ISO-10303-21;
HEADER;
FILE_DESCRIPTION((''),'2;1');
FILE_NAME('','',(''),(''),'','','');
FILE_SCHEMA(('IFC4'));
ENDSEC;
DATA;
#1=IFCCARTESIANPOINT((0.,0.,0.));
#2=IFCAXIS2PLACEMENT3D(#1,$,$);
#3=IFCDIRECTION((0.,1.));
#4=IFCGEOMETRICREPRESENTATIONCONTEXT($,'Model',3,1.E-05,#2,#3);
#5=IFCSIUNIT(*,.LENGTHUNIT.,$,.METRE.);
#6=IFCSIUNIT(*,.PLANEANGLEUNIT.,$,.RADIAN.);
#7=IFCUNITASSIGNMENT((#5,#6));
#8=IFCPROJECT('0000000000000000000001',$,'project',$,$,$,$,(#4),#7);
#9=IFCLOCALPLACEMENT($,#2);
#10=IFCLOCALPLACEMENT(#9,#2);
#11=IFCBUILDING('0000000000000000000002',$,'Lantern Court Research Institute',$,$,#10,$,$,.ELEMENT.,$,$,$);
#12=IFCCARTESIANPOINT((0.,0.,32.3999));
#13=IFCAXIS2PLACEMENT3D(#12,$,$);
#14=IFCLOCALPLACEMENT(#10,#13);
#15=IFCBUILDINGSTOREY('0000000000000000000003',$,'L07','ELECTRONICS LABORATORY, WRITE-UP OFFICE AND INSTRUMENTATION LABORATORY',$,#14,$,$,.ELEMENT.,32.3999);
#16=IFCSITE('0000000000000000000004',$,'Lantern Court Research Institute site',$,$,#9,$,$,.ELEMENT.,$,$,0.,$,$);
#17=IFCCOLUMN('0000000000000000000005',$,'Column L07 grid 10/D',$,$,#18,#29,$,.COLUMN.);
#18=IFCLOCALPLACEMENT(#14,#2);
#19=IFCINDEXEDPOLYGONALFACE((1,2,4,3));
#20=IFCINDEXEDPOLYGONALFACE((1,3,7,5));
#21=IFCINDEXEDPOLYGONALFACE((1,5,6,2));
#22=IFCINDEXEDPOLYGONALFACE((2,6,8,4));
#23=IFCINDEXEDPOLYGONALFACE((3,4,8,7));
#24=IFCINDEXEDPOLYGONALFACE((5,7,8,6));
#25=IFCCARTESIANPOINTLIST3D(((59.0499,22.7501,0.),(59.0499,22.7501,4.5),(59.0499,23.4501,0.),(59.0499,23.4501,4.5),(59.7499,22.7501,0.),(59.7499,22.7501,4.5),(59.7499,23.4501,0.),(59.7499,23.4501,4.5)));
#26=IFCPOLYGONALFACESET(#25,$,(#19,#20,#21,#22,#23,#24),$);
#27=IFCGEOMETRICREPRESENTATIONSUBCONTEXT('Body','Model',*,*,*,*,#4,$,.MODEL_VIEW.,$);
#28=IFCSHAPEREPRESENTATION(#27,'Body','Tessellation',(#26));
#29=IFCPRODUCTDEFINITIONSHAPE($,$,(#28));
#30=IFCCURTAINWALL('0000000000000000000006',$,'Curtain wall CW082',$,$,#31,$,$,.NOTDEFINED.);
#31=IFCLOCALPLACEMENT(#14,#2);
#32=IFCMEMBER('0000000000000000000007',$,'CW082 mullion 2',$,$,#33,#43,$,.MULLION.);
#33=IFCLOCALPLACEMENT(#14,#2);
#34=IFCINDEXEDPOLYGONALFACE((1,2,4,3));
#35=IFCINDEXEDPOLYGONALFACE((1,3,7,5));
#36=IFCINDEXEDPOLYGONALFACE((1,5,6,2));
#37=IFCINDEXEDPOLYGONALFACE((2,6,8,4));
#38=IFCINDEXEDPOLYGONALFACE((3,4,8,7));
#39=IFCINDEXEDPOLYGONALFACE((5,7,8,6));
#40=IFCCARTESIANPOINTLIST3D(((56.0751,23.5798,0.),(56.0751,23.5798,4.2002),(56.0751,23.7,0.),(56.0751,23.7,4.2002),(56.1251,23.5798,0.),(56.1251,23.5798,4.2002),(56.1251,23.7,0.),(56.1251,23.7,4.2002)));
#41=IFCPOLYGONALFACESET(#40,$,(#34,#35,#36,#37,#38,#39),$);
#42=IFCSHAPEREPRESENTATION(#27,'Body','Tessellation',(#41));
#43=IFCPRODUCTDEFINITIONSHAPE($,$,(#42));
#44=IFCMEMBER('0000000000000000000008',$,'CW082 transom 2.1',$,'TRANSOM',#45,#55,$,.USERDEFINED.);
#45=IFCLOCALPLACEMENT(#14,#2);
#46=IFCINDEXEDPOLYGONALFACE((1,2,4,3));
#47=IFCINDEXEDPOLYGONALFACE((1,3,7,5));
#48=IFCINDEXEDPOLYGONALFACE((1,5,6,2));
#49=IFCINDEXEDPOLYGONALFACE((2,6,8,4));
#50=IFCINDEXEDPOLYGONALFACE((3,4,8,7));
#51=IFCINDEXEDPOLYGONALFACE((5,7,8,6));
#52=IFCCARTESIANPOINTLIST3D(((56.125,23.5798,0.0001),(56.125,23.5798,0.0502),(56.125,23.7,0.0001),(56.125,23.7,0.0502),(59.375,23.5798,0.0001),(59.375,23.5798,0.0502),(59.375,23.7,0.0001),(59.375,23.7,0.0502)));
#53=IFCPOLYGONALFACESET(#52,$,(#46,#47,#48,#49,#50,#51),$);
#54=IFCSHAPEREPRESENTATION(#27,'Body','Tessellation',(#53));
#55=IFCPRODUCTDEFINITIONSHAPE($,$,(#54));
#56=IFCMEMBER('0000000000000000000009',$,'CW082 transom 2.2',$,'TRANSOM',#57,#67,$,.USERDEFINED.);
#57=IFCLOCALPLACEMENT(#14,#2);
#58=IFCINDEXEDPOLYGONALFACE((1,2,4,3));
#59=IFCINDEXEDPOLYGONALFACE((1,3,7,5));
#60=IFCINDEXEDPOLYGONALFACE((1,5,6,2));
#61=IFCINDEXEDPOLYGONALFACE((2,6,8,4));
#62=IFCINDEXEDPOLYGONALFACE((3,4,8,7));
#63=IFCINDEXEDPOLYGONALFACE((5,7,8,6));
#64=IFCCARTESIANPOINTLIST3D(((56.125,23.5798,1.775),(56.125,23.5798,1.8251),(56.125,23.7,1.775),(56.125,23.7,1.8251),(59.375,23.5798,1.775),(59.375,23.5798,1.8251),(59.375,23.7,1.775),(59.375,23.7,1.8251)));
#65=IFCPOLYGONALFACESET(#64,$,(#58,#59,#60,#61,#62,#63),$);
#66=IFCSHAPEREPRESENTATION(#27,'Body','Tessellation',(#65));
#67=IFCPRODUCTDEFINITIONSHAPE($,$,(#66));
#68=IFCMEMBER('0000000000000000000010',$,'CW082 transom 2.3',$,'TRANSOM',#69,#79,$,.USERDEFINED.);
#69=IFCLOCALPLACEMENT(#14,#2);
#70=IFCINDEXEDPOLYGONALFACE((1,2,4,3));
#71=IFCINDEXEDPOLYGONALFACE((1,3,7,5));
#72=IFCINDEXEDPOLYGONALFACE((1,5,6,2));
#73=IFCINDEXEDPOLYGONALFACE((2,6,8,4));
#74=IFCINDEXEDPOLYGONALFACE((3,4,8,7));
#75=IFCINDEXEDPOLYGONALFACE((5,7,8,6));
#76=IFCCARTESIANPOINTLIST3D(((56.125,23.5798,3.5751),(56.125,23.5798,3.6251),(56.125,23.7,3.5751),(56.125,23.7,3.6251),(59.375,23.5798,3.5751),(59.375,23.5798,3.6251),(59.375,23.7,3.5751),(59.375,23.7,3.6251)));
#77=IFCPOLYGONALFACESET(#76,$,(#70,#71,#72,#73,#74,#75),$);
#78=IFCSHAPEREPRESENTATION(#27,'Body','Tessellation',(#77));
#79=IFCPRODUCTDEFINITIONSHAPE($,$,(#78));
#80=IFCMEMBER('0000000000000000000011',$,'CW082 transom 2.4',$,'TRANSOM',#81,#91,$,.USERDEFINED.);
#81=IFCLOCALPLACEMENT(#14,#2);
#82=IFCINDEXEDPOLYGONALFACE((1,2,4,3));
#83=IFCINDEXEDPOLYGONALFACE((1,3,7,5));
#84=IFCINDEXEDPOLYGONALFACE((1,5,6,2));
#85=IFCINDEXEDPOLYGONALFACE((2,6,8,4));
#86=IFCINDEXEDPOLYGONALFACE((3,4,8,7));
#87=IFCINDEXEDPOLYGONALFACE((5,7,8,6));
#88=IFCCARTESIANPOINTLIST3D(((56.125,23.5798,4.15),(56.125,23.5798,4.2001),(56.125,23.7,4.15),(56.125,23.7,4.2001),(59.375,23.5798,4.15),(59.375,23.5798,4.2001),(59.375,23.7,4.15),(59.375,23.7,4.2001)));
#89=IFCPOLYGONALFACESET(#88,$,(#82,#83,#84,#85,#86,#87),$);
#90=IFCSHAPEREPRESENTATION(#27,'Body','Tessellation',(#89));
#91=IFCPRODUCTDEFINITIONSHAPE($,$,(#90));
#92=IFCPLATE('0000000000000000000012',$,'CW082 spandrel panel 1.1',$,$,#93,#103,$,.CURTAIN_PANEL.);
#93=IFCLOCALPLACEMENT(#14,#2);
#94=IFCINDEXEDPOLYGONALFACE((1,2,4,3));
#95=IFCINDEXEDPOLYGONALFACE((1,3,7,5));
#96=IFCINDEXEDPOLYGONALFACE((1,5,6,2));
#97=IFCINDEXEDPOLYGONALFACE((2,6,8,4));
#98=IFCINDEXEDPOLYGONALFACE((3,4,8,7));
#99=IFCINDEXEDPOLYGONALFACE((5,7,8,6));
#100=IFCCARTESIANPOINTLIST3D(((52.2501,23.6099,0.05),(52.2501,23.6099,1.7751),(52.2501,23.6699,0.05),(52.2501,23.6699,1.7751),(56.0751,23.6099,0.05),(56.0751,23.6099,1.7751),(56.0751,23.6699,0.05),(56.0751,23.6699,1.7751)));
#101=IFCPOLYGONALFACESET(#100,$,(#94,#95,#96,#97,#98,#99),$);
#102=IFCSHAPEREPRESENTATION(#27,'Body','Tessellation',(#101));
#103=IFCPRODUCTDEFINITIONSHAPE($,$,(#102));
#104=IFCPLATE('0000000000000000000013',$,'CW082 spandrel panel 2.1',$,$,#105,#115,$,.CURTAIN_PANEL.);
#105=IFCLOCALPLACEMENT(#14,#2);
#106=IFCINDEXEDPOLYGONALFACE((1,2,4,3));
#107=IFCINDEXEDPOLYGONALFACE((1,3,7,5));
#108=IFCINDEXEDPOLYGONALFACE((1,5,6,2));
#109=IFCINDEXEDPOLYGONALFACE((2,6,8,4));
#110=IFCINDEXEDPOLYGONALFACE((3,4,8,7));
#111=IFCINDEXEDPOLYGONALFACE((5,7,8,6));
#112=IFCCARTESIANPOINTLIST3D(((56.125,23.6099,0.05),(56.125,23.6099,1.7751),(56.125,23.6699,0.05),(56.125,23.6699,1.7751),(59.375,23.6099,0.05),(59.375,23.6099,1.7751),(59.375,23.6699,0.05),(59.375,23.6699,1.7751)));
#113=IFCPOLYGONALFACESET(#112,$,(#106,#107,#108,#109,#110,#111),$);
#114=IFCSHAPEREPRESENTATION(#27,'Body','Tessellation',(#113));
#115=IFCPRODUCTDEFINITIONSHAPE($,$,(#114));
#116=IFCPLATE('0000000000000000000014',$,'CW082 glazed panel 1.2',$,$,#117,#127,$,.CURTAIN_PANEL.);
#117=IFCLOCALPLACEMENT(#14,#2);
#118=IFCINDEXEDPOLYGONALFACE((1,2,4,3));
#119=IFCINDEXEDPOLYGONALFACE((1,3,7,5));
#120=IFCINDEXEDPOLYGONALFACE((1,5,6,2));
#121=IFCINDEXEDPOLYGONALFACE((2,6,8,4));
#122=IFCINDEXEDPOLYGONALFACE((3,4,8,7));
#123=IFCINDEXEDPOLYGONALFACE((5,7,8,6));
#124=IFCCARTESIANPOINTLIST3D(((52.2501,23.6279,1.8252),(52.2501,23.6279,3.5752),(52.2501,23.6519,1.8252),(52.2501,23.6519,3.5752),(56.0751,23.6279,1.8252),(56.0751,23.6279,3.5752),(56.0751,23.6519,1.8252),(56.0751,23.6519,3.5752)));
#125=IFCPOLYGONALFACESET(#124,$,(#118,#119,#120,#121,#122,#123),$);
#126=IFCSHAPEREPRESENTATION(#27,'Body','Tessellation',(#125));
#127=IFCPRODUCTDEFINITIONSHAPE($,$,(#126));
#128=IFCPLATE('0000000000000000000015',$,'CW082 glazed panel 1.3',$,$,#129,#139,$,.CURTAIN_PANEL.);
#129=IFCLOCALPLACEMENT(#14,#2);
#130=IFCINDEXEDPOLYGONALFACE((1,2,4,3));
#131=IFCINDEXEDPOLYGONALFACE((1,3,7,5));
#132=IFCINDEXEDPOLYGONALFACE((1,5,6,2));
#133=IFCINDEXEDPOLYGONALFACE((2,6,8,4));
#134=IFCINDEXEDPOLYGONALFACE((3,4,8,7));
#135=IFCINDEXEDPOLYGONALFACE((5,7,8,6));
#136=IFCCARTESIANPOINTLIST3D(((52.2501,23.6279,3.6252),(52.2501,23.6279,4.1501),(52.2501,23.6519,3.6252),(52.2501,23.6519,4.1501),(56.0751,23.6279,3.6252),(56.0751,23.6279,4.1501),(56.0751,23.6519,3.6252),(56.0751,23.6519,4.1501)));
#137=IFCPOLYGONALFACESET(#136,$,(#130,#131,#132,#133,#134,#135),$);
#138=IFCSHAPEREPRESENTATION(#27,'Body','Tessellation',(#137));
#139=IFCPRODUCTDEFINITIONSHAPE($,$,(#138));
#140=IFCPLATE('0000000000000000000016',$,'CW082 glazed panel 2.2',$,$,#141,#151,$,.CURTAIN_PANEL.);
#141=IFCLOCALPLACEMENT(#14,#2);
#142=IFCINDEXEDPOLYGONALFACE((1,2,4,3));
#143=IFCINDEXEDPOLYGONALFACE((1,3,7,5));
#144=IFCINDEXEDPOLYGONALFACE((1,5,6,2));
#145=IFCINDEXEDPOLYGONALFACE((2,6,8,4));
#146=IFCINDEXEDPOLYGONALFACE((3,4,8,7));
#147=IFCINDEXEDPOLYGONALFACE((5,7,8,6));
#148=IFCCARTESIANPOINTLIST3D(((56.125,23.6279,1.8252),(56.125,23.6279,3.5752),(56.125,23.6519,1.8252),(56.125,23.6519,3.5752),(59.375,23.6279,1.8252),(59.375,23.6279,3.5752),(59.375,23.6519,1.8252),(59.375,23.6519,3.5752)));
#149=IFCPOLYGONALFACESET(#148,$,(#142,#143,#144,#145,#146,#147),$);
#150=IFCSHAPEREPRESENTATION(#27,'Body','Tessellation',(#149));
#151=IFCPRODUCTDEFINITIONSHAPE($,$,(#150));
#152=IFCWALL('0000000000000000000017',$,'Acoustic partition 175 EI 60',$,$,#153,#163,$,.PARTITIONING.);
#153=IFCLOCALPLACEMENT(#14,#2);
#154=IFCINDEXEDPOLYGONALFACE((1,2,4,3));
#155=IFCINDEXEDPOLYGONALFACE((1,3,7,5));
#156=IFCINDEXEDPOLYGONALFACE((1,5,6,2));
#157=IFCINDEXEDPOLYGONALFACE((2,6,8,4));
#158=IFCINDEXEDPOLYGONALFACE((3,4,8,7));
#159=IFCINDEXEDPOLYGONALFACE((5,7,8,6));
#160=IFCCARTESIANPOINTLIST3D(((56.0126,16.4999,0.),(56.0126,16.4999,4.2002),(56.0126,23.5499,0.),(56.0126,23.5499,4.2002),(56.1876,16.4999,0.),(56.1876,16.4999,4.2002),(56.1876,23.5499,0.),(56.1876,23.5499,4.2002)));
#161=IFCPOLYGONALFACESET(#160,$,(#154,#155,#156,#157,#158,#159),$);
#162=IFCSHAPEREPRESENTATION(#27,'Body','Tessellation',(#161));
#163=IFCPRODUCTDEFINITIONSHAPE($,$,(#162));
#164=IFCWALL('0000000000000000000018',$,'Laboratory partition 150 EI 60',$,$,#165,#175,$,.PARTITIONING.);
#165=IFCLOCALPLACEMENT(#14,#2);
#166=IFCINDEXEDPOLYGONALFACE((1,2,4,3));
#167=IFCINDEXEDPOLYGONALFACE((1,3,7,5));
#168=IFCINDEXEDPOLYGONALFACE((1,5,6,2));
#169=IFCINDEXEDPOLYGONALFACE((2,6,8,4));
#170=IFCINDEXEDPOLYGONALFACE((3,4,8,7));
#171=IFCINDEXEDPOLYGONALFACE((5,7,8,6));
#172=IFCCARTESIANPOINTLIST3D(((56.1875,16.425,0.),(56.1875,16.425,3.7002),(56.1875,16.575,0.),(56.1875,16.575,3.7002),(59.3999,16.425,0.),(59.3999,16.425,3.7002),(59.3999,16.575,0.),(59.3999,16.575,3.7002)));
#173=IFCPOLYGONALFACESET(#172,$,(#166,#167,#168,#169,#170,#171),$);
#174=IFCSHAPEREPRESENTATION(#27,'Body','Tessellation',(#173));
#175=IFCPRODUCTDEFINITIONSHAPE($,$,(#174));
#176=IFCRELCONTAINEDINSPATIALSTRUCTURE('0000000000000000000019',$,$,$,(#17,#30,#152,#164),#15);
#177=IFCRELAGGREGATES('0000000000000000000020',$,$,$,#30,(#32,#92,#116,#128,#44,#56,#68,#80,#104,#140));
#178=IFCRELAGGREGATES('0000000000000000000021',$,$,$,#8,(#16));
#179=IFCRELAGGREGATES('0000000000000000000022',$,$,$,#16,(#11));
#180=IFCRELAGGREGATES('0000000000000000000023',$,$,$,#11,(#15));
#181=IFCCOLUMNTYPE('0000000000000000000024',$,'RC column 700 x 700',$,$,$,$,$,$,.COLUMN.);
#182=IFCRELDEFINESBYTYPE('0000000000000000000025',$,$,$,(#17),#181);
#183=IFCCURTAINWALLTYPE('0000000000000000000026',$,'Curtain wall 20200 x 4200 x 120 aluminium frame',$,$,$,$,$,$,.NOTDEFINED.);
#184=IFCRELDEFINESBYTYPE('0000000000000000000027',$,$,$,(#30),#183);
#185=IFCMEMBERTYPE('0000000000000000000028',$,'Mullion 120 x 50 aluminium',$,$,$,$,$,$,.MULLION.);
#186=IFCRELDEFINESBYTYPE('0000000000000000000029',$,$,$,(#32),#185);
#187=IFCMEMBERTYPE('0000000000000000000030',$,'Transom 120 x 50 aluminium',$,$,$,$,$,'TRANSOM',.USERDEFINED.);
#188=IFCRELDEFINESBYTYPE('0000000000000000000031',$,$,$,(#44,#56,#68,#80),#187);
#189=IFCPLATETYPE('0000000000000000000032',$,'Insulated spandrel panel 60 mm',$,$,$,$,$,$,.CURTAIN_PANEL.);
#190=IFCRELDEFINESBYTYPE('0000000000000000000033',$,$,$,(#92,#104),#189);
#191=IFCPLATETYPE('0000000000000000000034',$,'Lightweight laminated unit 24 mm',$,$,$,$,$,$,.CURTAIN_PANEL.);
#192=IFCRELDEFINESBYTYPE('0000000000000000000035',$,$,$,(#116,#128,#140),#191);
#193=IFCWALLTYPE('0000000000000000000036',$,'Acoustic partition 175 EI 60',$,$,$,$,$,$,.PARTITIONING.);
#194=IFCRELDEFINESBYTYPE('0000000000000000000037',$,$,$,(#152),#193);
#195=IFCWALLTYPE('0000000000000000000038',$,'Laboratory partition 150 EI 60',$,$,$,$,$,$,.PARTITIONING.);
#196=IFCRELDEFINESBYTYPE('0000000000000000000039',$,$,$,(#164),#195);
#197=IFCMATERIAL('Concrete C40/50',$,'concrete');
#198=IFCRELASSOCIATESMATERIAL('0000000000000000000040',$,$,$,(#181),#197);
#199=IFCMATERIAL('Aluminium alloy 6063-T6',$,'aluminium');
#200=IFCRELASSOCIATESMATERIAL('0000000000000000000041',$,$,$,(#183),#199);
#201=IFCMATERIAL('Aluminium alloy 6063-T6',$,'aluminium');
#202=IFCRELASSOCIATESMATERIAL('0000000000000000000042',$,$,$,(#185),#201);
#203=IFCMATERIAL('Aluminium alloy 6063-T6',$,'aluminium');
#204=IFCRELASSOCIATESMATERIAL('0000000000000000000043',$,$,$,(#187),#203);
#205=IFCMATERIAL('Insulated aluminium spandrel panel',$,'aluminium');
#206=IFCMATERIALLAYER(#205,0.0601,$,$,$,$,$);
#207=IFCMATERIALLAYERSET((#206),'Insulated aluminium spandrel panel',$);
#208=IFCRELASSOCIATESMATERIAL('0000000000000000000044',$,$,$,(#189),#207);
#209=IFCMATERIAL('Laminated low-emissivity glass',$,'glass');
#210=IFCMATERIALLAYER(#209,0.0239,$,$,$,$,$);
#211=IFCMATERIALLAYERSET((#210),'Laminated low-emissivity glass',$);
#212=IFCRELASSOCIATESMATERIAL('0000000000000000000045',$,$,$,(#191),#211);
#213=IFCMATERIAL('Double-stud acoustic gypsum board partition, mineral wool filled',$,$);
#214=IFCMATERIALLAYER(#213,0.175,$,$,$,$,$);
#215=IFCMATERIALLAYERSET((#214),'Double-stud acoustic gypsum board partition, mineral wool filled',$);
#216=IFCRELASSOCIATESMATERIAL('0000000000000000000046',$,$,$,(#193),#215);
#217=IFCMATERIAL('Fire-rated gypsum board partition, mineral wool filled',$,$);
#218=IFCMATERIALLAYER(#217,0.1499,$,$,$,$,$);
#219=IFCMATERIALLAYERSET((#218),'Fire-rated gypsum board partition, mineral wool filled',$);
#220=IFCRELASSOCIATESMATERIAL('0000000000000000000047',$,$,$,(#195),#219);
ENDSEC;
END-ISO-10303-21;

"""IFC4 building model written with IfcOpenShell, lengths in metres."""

from ifc_helpers import new_model, si_unit, direction, frame, frame_2d, origin, origin_2d, place, context, subcontext, project, spatial, rectangle, extrude, material, layer, layer_set, material_profile, profile_set, type_object, element, aggregate, save


model = new_model("IFC4")

# Units and contexts
model_context = context("Model", 3, precision=1e-05, world=origin(), true_north=direction((0.0, 1.0)))
body_context = subcontext(model_context, "Body", "Model", "MODEL_VIEW")
ifc_project = project(units=[si_unit("LENGTHUNIT", "METRE"), si_unit("PLANEANGLEUNIT", "RADIAN")], contexts=[model_context])

# Site, building, storey
site_placement = place(None, origin())
site = spatial("IfcSite", under=ifc_project, at=site_placement, Name="Lantern Court Research Institute site", CompositionType="ELEMENT", RefElevation=0.0)
building_placement = place(site_placement, origin())
building = spatial("IfcBuilding", under=site, at=building_placement, Name="Lantern Court Research Institute", CompositionType="ELEMENT")
storey_placement = place(building_placement, frame((0.0, 0.0, 32.3999)))
storey = spatial("IfcBuildingStorey", under=building, at=storey_placement, Name="L07", Description="ELECTRONICS LABORATORY, WRITE-UP OFFICE AND INSTRUMENTATION LABORATORY", CompositionType="ELEMENT", Elevation=32.3999)

# Column
ifc_material_1 = material(Name="Concrete C40/50", Category="concrete")
ifc_material_profile_1 = material_profile(ifc_material_1, rectangle(XDim=0.7, YDim=0.7, at=origin_2d()), Name="RC column 700 x 700")
ifc_profile_set_1 = profile_set([ifc_material_profile_1], Name="Concrete C40/50")
column_type = type_object("IfcColumnType", Name="RC column 700 x 700", PredefinedType="COLUMN", material=ifc_profile_set_1)
column_placement = place(storey_placement, frame((59.3999, 23.1001, 0.0), z_axis=(0.0, 0.0, 1.0), x_axis=(1.0, 0.0, 0.0)))
element("IfcColumn", 1, at=column_placement, inside=storey, type_object=column_type, Name="Column L07 grid 10/D", PredefinedType="COLUMN", context=body_context, shape_type="SweptSolid", body=[
    extrude(rectangle(XDim=0.7, YDim=0.7, at=origin_2d()), origin(), (0.0, 0.0, 1.0), 4.5),
])

# Curtain wall, members, plates
ifc_material_2 = material(Name="Aluminium alloy 6063-T6", Category="aluminium")
curtain_wall_type = type_object("IfcCurtainWallType", Name="Curtain wall 20200 x 4200 x 120 aluminium frame", PredefinedType="NOTDEFINED", material=ifc_material_2)
curtain_wall_placement = place(storey_placement, origin())
curtain_wall = element("IfcCurtainWall", 2, at=curtain_wall_placement, inside=storey, type_object=curtain_wall_type, Name="Curtain wall CW082", PredefinedType="NOTDEFINED")
ifc_material_3 = material(Name="Aluminium alloy 6063-T6", Category="aluminium")
ifc_material_profile_2 = material_profile(ifc_material_3, rectangle(XDim=0.1201, YDim=0.05, at=origin_2d()), Name="Mullion 120 x 50")
ifc_profile_set_2 = profile_set([ifc_material_profile_2], Name="Aluminium alloy 6063-T6")
member_type_1 = type_object("IfcMemberType", Name="Mullion 120 x 50 aluminium", PredefinedType="MULLION", material=ifc_profile_set_2)
member_1_placement = place(storey_placement, frame((56.1001, 23.6399, 0.0), z_axis=(0.0, 0.0, 1.0), x_axis=(0.0, 1.0, 0.0)))
member_1 = element("IfcMember", 3, at=member_1_placement, type_object=member_type_1, Name="CW082 mullion 2", PredefinedType="MULLION", context=body_context, shape_type="SweptSolid", body=[
    extrude(rectangle(XDim=0.1201, YDim=0.05, at=origin_2d()), origin(), (0.0, 0.0, 1.0), 4.2002),
])
ifc_material_4 = material(Name="Aluminium alloy 6063-T6", Category="aluminium")
ifc_material_profile_3 = material_profile(ifc_material_4, rectangle(XDim=0.1201, YDim=0.05, at=origin_2d()), Name="Transom 120 x 50")
ifc_profile_set_3 = profile_set([ifc_material_profile_3], Name="Aluminium alloy 6063-T6")
member_type_2 = type_object("IfcMemberType", Name="Transom 120 x 50 aluminium", ElementType="TRANSOM", PredefinedType="USERDEFINED", material=ifc_profile_set_3)
member_2_placement = place(storey_placement, frame((56.125, 23.6399, 0.0251), z_axis=(1.0, 0.0, 0.0), x_axis=(0.0, 1.0, 0.0)))
member_2 = element("IfcMember", 4, at=member_2_placement, type_object=member_type_2, Name="CW082 transom 2.1", ObjectType="TRANSOM", PredefinedType="USERDEFINED", context=body_context, shape_type="SweptSolid", body=[
    extrude(rectangle(XDim=0.1201, YDim=0.05, at=origin_2d()), origin(), (0.0, 0.0, 1.0), 3.25),
])
member_3_placement = place(storey_placement, frame((56.125, 23.6399, 1.8), z_axis=(1.0, 0.0, 0.0), x_axis=(0.0, 1.0, 0.0)))
member_3 = element("IfcMember", 5, at=member_3_placement, type_object=member_type_2, Name="CW082 transom 2.2", ObjectType="TRANSOM", PredefinedType="USERDEFINED", context=body_context, shape_type="SweptSolid", body=[
    extrude(rectangle(XDim=0.1201, YDim=0.05, at=origin_2d()), origin(), (0.0, 0.0, 1.0), 3.25),
])
member_4_placement = place(storey_placement, frame((56.125, 23.6399, 3.6001), z_axis=(1.0, 0.0, 0.0), x_axis=(0.0, 1.0, 0.0)))
member_4 = element("IfcMember", 6, at=member_4_placement, type_object=member_type_2, Name="CW082 transom 2.3", ObjectType="TRANSOM", PredefinedType="USERDEFINED", context=body_context, shape_type="SweptSolid", body=[
    extrude(rectangle(XDim=0.1201, YDim=0.05, at=origin_2d()), origin(), (0.0, 0.0, 1.0), 3.25),
])
member_5_placement = place(storey_placement, frame((56.125, 23.6399, 4.175), z_axis=(1.0, 0.0, 0.0), x_axis=(0.0, 1.0, 0.0)))
member_5 = element("IfcMember", 7, at=member_5_placement, type_object=member_type_2, Name="CW082 transom 2.4", ObjectType="TRANSOM", PredefinedType="USERDEFINED", context=body_context, shape_type="SweptSolid", body=[
    extrude(rectangle(XDim=0.1201, YDim=0.05, at=origin_2d()), origin(), (0.0, 0.0, 1.0), 3.25),
])
ifc_material_5 = material(Name="Insulated aluminium spandrel panel", Category="aluminium")
ifc_layer_1 = layer(ifc_material_5, 0.0601)
ifc_layer_set_1 = layer_set([ifc_layer_1], Name="Insulated aluminium spandrel panel")
plate_type_1 = type_object("IfcPlateType", Name="Insulated spandrel panel 60 mm", PredefinedType="CURTAIN_PANEL", material=ifc_layer_set_1)
plate_1_placement = place(storey_placement, frame((54.1626, 23.6399, 0.05), z_axis=(0.0, 0.0, 1.0), x_axis=(1.0, 0.0, 0.0)))
plate_1 = element("IfcPlate", 8, at=plate_1_placement, type_object=plate_type_1, Name="CW082 spandrel panel 1.1", PredefinedType="CURTAIN_PANEL", context=body_context, shape_type="SweptSolid", body=[
    extrude(rectangle(XDim=3.825, YDim=0.0601, at=origin_2d()), origin(), (0.0, 0.0, 1.0), 1.7251),
])
plate_2_placement = place(storey_placement, frame((57.75, 23.6399, 0.05), z_axis=(0.0, 0.0, 1.0), x_axis=(1.0, 0.0, 0.0)))
plate_2 = element("IfcPlate", 9, at=plate_2_placement, type_object=plate_type_1, Name="CW082 spandrel panel 2.1", PredefinedType="CURTAIN_PANEL", context=body_context, shape_type="SweptSolid", body=[
    extrude(rectangle(XDim=3.25, YDim=0.0601, at=origin_2d()), origin(), (0.0, 0.0, 1.0), 1.7251),
])
ifc_material_6 = material(Name="Laminated low-emissivity glass", Category="glass")
ifc_layer_2 = layer(ifc_material_6, 0.0239)
ifc_layer_set_2 = layer_set([ifc_layer_2], Name="Laminated low-emissivity glass")
plate_type_2 = type_object("IfcPlateType", Name="Lightweight laminated unit 24 mm", PredefinedType="CURTAIN_PANEL", material=ifc_layer_set_2)
plate_3_placement = place(storey_placement, frame((54.1626, 23.6399, 1.8252), z_axis=(0.0, 0.0, 1.0), x_axis=(1.0, 0.0, 0.0)))
plate_3 = element("IfcPlate", 10, at=plate_3_placement, type_object=plate_type_2, Name="CW082 glazed panel 1.2", PredefinedType="CURTAIN_PANEL", context=body_context, shape_type="SweptSolid", body=[
    extrude(rectangle(XDim=3.825, YDim=0.0239, at=origin_2d()), origin(), (0.0, 0.0, 1.0), 1.75),
])
plate_4_placement = place(storey_placement, frame((54.1626, 23.6399, 3.6252), z_axis=(0.0, 0.0, 1.0), x_axis=(1.0, 0.0, 0.0)))
plate_4 = element("IfcPlate", 11, at=plate_4_placement, type_object=plate_type_2, Name="CW082 glazed panel 1.3", PredefinedType="CURTAIN_PANEL", context=body_context, shape_type="SweptSolid", body=[
    extrude(rectangle(XDim=3.825, YDim=0.0239, at=origin_2d()), origin(), (0.0, 0.0, 1.0), 0.5249),
])
plate_5_placement = place(storey_placement, frame((57.75, 23.6399, 1.8252), z_axis=(0.0, 0.0, 1.0), x_axis=(1.0, 0.0, 0.0)))
plate_5 = element("IfcPlate", 12, at=plate_5_placement, type_object=plate_type_2, Name="CW082 glazed panel 2.2", PredefinedType="CURTAIN_PANEL", context=body_context, shape_type="SweptSolid", body=[
    extrude(rectangle(XDim=3.25, YDim=0.0239, at=origin_2d()), origin(), (0.0, 0.0, 1.0), 1.75),
])
aggregate(curtain_wall, [member_1, plate_1, plate_3, plate_4, member_2, member_3, member_4, member_5, plate_2, plate_5])

# Walls
ifc_material_7 = material(Name="Double-stud acoustic gypsum board partition, mineral wool filled")
ifc_layer_3 = layer(ifc_material_7, 0.175)
ifc_layer_set_3 = layer_set([ifc_layer_3], Name="Double-stud acoustic gypsum board partition, mineral wool filled")
wall_type_1 = type_object("IfcWallType", Name="Acoustic partition 175 EI 60", PredefinedType="PARTITIONING", material=ifc_layer_set_3)
wall_1_placement = place(storey_placement, frame((56.1001, 16.5, 0.0), z_axis=(0.0, 0.0, 1.0), x_axis=(0.0, 1.0, 0.0)))
element("IfcWall", 13, at=wall_1_placement, inside=storey, type_object=wall_type_1, Name="Acoustic partition 175 EI 60", PredefinedType="PARTITIONING", context=body_context, shape_type="SweptSolid", body=[
    extrude(rectangle(XDim=7.05, YDim=0.175, at=frame_2d((3.5249, 0.0))), origin(), (0.0, 0.0, 1.0), 4.2002),
])
ifc_material_8 = material(Name="Fire-rated gypsum board partition, mineral wool filled")
ifc_layer_4 = layer(ifc_material_8, 0.1499)
ifc_layer_set_4 = layer_set([ifc_layer_4], Name="Fire-rated gypsum board partition, mineral wool filled")
wall_type_2 = type_object("IfcWallType", Name="Laboratory partition 150 EI 60", PredefinedType="PARTITIONING", material=ifc_layer_set_4)
wall_2_placement = place(storey_placement, frame((59.3999, 16.5, 0.0), z_axis=(0.0, 0.0, 1.0), x_axis=(-1.0, 0.0, 0.0)))
element("IfcWall", 14, at=wall_2_placement, inside=storey, type_object=wall_type_2, Name="Laboratory partition 150 EI 60", PredefinedType="PARTITIONING", context=body_context, shape_type="SweptSolid", body=[
    extrude(rectangle(XDim=3.2124, YDim=0.1499, at=frame_2d((1.6062, 0.0))), origin(), (0.0, 0.0, 1.0), 3.7002),
])

save(model, "model.ifc")
